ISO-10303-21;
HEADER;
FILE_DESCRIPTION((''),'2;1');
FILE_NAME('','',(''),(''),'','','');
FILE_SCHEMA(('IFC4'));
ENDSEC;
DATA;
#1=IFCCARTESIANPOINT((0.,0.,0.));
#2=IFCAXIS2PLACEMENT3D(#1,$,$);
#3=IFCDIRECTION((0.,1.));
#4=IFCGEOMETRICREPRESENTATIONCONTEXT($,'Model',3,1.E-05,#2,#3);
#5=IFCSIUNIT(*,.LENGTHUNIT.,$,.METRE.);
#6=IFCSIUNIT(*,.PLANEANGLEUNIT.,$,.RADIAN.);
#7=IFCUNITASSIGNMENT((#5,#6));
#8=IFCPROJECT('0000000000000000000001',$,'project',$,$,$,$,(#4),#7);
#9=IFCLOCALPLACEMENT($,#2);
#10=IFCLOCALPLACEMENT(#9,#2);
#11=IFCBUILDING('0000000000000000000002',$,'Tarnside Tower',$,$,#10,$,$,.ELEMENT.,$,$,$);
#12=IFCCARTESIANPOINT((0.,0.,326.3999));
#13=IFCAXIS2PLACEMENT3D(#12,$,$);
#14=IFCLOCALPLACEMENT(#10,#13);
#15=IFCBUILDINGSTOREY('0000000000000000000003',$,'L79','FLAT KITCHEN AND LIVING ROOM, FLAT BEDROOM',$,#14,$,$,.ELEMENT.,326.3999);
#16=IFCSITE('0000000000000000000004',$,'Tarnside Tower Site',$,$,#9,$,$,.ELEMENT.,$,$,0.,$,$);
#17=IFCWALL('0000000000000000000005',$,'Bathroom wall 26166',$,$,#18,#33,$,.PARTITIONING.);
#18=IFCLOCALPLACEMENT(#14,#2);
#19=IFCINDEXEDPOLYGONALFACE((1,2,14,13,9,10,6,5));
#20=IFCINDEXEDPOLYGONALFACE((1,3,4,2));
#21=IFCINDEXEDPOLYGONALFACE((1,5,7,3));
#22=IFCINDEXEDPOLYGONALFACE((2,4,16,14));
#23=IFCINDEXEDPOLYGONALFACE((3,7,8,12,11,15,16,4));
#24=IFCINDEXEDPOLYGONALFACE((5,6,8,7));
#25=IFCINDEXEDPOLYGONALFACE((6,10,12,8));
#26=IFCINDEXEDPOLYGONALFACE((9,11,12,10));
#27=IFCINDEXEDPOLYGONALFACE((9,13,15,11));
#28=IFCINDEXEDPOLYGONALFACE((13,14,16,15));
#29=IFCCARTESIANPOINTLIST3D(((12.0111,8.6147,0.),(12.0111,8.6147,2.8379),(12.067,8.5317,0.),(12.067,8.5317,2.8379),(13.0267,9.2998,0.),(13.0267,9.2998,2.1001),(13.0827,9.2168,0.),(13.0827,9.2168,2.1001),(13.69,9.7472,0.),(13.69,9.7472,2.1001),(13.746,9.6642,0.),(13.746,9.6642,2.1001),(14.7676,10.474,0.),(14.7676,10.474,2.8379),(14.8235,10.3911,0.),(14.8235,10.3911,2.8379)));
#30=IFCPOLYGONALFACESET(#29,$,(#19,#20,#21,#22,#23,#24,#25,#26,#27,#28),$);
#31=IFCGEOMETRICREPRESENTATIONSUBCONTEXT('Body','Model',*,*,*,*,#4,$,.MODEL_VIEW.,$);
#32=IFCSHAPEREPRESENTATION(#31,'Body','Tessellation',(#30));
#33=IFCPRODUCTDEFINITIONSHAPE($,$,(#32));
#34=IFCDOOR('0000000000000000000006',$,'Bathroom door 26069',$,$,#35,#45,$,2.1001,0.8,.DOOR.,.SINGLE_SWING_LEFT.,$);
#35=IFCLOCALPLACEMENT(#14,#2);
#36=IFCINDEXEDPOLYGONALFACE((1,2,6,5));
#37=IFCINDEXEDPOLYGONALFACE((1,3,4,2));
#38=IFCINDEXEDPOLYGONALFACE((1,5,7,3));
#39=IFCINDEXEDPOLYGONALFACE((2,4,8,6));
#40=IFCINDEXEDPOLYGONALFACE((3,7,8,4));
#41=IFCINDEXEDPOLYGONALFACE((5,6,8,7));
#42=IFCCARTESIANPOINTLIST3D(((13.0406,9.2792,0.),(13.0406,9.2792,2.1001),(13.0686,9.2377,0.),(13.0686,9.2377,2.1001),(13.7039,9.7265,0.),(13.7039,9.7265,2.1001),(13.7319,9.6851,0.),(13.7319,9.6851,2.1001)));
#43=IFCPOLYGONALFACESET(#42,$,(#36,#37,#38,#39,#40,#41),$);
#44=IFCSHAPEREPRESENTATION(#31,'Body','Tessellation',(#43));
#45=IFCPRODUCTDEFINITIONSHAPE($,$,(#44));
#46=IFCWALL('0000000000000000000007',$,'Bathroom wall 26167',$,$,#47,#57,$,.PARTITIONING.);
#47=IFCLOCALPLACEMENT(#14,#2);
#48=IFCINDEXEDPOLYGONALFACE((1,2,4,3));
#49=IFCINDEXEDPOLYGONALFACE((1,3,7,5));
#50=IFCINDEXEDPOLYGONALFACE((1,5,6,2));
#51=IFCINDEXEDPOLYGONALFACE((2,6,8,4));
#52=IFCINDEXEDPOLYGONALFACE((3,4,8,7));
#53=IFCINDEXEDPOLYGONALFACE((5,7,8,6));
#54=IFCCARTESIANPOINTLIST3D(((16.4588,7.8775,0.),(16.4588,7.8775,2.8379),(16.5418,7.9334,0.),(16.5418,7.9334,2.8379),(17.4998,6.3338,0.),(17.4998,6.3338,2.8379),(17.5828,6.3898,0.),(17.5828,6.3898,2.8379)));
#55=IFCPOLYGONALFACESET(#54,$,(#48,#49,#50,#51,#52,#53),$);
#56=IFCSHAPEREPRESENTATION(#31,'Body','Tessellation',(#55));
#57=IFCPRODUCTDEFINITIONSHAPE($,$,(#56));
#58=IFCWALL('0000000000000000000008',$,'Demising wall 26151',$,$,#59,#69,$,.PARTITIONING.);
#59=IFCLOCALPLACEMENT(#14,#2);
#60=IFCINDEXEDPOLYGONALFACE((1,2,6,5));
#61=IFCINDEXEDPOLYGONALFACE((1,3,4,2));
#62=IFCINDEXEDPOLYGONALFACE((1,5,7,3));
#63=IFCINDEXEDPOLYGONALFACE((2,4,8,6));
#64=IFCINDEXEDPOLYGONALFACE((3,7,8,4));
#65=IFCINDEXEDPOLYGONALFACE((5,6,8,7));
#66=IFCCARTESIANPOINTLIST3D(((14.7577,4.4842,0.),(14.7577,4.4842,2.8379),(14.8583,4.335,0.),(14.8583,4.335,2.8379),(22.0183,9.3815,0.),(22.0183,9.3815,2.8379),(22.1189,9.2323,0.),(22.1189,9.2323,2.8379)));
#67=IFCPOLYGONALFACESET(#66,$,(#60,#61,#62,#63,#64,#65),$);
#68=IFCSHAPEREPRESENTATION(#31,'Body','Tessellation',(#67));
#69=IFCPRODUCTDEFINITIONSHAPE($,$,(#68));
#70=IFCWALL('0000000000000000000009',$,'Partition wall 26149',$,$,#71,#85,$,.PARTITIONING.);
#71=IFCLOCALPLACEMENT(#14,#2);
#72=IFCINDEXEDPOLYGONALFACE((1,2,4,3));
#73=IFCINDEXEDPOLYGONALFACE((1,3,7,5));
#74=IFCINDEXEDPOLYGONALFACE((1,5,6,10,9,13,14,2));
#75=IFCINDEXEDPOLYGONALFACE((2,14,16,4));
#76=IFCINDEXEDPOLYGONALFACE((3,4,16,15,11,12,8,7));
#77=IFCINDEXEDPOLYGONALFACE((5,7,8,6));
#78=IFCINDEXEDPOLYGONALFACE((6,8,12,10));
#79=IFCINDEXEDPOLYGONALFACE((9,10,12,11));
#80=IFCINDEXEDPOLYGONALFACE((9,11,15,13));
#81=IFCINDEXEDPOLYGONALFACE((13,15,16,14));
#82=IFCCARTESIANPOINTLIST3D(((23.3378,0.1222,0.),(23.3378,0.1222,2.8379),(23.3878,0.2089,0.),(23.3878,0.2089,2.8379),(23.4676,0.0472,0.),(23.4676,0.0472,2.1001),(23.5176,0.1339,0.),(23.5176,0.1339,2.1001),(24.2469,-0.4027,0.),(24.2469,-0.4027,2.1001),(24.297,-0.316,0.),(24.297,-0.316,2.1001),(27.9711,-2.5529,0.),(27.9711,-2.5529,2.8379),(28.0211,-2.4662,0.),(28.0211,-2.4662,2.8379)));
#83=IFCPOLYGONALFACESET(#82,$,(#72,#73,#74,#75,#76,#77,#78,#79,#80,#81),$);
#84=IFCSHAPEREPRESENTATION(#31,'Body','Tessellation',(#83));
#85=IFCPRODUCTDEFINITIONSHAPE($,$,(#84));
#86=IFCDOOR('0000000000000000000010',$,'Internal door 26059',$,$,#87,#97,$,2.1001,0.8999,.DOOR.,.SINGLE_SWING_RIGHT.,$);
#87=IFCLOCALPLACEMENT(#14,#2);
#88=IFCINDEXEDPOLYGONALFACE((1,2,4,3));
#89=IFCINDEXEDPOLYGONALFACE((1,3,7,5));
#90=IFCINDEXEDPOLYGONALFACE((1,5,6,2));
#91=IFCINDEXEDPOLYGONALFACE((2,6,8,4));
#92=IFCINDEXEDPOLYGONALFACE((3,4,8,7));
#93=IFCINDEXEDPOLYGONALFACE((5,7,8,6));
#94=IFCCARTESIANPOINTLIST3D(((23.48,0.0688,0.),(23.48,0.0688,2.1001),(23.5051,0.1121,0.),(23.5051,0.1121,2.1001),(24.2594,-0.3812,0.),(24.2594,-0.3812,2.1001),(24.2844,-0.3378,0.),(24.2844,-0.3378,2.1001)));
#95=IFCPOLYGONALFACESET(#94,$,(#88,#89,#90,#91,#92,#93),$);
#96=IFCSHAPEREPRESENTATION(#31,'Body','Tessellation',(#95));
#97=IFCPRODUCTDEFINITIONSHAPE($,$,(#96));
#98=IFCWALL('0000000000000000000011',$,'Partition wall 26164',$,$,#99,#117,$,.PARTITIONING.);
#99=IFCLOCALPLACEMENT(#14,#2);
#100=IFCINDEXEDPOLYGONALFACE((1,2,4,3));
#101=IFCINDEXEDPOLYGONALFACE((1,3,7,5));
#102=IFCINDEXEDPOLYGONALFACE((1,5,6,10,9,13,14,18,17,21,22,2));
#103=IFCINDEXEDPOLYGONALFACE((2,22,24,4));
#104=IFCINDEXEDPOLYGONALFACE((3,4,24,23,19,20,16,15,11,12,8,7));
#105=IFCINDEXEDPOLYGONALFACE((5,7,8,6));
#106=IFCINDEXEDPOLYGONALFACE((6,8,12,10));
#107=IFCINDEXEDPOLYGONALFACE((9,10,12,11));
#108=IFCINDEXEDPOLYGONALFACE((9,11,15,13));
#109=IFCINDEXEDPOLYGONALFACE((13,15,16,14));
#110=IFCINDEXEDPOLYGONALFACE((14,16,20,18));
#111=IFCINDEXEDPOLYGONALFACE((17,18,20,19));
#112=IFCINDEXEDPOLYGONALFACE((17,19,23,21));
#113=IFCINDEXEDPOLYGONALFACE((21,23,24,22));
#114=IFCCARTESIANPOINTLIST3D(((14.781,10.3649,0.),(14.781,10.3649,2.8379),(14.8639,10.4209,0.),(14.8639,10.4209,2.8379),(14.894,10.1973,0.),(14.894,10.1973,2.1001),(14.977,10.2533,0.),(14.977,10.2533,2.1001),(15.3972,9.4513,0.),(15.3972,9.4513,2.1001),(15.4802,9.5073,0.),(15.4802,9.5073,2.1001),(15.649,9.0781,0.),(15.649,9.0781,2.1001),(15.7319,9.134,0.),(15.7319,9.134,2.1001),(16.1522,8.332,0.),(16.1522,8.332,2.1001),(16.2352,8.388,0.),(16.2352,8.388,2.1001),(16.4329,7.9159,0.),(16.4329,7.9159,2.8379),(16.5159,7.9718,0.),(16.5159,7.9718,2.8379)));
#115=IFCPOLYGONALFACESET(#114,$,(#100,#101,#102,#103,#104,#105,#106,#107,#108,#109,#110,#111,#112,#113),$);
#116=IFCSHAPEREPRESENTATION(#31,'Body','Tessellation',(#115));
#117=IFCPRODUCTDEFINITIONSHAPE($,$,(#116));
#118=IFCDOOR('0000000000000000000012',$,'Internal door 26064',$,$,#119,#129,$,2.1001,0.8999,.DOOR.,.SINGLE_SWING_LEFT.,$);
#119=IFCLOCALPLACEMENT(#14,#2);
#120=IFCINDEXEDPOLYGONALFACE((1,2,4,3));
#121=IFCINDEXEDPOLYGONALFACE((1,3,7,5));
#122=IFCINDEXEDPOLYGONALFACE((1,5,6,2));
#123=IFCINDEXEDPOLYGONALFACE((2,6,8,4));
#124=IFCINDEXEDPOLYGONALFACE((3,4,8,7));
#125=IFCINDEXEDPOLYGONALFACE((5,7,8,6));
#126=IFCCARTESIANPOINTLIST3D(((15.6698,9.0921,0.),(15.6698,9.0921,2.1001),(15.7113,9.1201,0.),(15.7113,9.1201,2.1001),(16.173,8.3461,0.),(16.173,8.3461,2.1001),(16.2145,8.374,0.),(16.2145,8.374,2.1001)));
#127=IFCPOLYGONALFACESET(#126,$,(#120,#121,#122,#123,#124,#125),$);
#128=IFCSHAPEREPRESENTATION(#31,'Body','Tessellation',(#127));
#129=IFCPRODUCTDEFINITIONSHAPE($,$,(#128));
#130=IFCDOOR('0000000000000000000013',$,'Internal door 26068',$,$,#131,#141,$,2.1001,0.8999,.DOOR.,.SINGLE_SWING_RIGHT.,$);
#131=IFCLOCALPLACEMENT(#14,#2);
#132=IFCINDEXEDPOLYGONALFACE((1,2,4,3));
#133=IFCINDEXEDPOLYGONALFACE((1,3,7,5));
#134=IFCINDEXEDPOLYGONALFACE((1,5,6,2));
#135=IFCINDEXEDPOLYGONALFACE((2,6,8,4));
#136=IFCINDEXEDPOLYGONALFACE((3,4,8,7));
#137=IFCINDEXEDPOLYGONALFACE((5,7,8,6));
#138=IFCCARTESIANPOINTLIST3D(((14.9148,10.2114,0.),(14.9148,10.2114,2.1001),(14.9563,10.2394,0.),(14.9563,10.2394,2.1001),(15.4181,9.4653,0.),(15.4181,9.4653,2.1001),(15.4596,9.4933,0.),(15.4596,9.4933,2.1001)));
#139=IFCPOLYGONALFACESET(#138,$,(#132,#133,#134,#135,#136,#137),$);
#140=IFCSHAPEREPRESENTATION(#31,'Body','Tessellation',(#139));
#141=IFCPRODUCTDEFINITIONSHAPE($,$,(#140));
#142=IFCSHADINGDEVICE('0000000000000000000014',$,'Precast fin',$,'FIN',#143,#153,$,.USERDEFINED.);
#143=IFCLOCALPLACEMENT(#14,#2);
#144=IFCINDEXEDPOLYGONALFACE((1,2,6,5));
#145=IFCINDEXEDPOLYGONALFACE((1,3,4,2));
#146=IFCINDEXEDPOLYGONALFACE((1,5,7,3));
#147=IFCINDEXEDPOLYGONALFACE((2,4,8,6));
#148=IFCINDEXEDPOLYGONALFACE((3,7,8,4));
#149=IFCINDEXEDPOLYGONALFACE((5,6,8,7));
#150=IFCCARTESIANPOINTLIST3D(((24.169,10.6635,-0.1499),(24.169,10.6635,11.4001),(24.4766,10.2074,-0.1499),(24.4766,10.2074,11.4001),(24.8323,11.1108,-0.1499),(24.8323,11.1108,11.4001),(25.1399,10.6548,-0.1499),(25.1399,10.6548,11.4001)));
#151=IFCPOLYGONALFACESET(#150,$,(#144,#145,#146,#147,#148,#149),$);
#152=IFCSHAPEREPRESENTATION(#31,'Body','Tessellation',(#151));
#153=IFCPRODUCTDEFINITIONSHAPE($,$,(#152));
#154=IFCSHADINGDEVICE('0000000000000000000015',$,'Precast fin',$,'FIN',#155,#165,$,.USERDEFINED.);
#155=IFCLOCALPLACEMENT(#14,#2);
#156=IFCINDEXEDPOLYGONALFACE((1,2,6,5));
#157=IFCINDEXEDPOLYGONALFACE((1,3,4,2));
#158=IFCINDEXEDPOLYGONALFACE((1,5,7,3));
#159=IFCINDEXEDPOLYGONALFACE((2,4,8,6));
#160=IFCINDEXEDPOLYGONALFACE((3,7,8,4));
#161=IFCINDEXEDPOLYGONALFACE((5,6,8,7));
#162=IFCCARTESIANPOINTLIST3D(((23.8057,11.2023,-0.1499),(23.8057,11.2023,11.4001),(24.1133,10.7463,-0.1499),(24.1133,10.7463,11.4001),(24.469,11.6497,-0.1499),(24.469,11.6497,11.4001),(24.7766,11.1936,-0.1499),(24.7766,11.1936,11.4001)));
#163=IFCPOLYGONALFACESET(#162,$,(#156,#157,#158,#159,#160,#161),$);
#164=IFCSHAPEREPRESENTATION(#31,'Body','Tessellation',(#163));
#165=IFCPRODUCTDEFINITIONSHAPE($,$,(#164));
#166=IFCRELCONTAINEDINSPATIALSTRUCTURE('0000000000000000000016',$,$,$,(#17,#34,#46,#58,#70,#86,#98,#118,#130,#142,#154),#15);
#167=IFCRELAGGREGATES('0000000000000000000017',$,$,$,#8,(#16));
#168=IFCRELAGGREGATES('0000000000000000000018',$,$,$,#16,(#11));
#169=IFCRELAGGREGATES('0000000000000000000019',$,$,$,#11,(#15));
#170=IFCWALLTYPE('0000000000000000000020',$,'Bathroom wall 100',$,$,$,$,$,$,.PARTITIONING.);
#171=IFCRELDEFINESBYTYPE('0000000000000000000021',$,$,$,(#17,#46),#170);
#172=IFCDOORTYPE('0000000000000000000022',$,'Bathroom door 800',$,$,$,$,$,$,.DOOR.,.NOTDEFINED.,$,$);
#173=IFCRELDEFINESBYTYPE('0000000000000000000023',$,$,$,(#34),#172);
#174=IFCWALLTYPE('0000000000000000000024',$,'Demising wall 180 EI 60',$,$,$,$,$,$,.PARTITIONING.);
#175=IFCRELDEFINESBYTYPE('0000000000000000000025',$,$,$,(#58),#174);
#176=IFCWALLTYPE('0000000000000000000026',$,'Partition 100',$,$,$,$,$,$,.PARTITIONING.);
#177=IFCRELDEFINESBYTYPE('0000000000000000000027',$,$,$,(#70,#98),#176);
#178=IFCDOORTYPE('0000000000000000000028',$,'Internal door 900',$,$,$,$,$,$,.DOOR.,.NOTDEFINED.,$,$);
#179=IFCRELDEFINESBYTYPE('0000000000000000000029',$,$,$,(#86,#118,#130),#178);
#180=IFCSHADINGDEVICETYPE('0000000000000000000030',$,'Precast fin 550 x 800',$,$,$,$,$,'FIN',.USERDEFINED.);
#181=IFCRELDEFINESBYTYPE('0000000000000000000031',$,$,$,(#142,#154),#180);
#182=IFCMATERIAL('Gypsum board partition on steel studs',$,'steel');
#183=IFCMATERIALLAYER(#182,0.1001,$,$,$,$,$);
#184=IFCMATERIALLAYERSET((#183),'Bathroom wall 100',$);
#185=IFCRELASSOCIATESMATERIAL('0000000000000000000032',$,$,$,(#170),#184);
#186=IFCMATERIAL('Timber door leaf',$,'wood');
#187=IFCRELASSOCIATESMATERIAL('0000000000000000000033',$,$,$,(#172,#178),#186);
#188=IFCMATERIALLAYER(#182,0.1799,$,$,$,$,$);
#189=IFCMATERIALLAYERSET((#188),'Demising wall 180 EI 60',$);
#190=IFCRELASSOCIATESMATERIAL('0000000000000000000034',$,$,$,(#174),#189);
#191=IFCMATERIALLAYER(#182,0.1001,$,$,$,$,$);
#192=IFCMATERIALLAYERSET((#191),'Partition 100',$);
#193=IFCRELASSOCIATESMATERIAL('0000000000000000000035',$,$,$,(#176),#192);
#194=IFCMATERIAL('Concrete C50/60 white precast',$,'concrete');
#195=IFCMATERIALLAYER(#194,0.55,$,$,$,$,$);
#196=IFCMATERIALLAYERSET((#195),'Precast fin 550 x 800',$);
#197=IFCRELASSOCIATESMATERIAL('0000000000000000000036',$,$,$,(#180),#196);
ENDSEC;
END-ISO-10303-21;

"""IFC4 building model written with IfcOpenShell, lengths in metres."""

from ifc_helpers import new_model, si_unit, direction, frame, frame_2d, origin, place, context, subcontext, project, spatial, polyline, rectangle, outline, extrude, material, layer, layer_set, type_object, element, fill, save


model = new_model("IFC4")

# Units and contexts
model_context = context("Model", 3, precision=1e-05, world=origin(), true_north=direction((0.0, 1.0)))
body_context = subcontext(model_context, "Body", "Model", "MODEL_VIEW")
ifc_project = project(units=[si_unit("LENGTHUNIT", "METRE"), si_unit("PLANEANGLEUNIT", "RADIAN")], contexts=[model_context])

# Site, building, storey
site_placement = place(None, origin())
site = spatial("IfcSite", under=ifc_project, at=site_placement, Name="Tarnside Tower Site", CompositionType="ELEMENT", RefElevation=0.0)
building_placement = place(site_placement, origin())
building = spatial("IfcBuilding", under=site, at=building_placement, Name="Tarnside Tower", CompositionType="ELEMENT")
storey_placement = place(building_placement, frame((0.0, 0.0, 326.3999)))
storey = spatial("IfcBuildingStorey", under=building, at=storey_placement, Name="L79", Description="FLAT KITCHEN AND LIVING ROOM, FLAT BEDROOM", CompositionType="ELEMENT", Elevation=326.3999)

# Shared definitions
ifc_material_1 = material(Name="Gypsum board partition on steel studs", Category="steel")
ifc_layer_1 = layer(ifc_material_1, 0.1001)
ifc_layer_set_1 = layer_set([ifc_layer_1], Name="Bathroom wall 100")
wall_type_1 = type_object("IfcWallType", Name="Bathroom wall 100", PredefinedType="PARTITIONING", material=ifc_layer_set_1)

# Wall, opening, door
ifc_material_2 = material(Name="Timber door leaf", Category="wood")
door_type_1 = type_object("IfcDoorType", Name="Bathroom door 800", OperationType="NOTDEFINED", PredefinedType="DOOR", material=ifc_material_2)
wall_1_placement = place(storey_placement, frame((14.7957, 10.4326, 0.0), z_axis=(0.0, 0.0, 1.0), x_axis=(-0.829033, -0.559199, 0.0)))
wall_1 = element("IfcWall", 1, at=wall_1_placement, inside=storey, type_object=wall_type_1, Name="Bathroom wall 26166", PredefinedType="PARTITIONING", context=body_context, shape_type="SweptSolid", body=[
    extrude(rectangle(XDim=3.325, YDim=0.1001, at=frame_2d((1.6626, 0.0))), origin(), (0.0, 0.0, 1.0), 2.8379),
])
opening_1_placement = place(wall_1_placement, frame((1.3, 0.0, 0.0)))
opening_1 = element("IfcOpeningElement", 2, at=opening_1_placement, cuts=wall_1, PredefinedType="OPENING", context=body_context, shape_type="SweptSolid", body=[
    extrude(rectangle(XDim=0.8, YDim=2.1001, at=frame_2d((0.3999, 1.05))), frame((0.0, 0.0601, 0.0), z_axis=(0.0, -1.0, 0.0), x_axis=(1.0, 0.0, 0.0)), (0.0, 0.0, 1.0), 0.1201),
])
door_1_placement = place(opening_1_placement, origin())
door_1 = element("IfcDoor", 3, at=door_1_placement, inside=storey, type_object=door_type_1, Name="Bathroom door 26069", OperationType="SINGLE_SWING_LEFT", OverallHeight=2.1001, OverallWidth=0.8, PredefinedType="DOOR", context=body_context, shape_type="SweptSolid", body=[
    extrude(rectangle(XDim=0.8, YDim=2.1001, at=frame_2d((0.3999, 1.05))), frame((0.0, 0.0249, 0.0), z_axis=(0.0, -1.0, 0.0), x_axis=(1.0, 0.0, 0.0)), (0.0, 0.0, 1.0), 0.05),
])
fill(opening_1, door_1)

# Walls
wall_2_placement = place(storey_placement, frame((17.5413, 6.3618, 0.0), z_axis=(0.0, 0.0, 1.0), x_axis=(-0.55911, 0.829093, 0.0)))
element("IfcWall", 4, at=wall_2_placement, inside=storey, type_object=wall_type_1, Name="Bathroom wall 26167", PredefinedType="PARTITIONING", context=body_context, shape_type="SweptSolid", body=[
    extrude(rectangle(XDim=1.8618, YDim=0.1001, at=frame_2d((0.9309, 0.0))), origin(), (0.0, 0.0, 1.0), 2.8379),
])
ifc_layer_2 = layer(ifc_material_1, 0.1799)
ifc_layer_set_2 = layer_set([ifc_layer_2], Name="Demising wall 180 EI 60")
wall_type_2 = type_object("IfcWallType", Name="Demising wall 180 EI 60", PredefinedType="PARTITIONING", material=ifc_layer_set_2)
wall_3_placement = place(storey_placement, frame((22.0686, 9.3069, 0.0), z_axis=(0.0, 0.0, 1.0), x_axis=(-0.82904, -0.559189, 0.0)))
element("IfcWall", 5, at=wall_3_placement, inside=storey, type_object=wall_type_2, Name="Demising wall 26151", PredefinedType="PARTITIONING", context=body_context, shape_type="SweptSolid", body=[
    extrude(rectangle(XDim=8.7578, YDim=0.1799, at=frame_2d((4.3789, 0.0))), origin(), (0.0, 0.0, 1.0), 2.8379),
])

# Wall, opening, door
ifc_layer_3 = layer(ifc_material_1, 0.1001)
ifc_layer_set_3 = layer_set([ifc_layer_3], Name="Partition 100")
wall_type_3 = type_object("IfcWallType", Name="Partition 100", PredefinedType="PARTITIONING", material=ifc_layer_set_3)
wall_4_placement = place(storey_placement, frame((23.3628, 0.1655, 0.0), z_axis=(0.0, 0.0, 1.0), x_axis=(0.866024, -0.500002, 0.0)))
wall_4 = element("IfcWall", 6, at=wall_4_placement, inside=storey, type_object=wall_type_3, Name="Partition wall 26149", PredefinedType="PARTITIONING", context=body_context, shape_type="SweptSolid", body=[
    extrude(rectangle(XDim=5.3501, YDim=0.1001, at=frame_2d((2.675, 0.0))), origin(), (0.0, 0.0, 1.0), 2.8379),
])
opening_2_placement = place(wall_4_placement, frame((0.1499, 0.0, 0.0)))
opening_2 = element("IfcOpeningElement", 7, at=opening_2_placement, cuts=wall_4, PredefinedType="OPENING", context=body_context, shape_type="SweptSolid", body=[
    extrude(rectangle(XDim=0.8999, YDim=2.1001, at=frame_2d((0.45, 1.05))), frame((0.0, 0.0601, 0.0), z_axis=(0.0, -1.0, 0.0), x_axis=(1.0, 0.0, 0.0)), (0.0, 0.0, 1.0), 0.1201),
])
door_type_2 = type_object("IfcDoorType", Name="Internal door 900", OperationType="NOTDEFINED", PredefinedType="DOOR", material=ifc_material_2)
door_2_placement = place(opening_2_placement, origin())
door_2 = element("IfcDoor", 8, at=door_2_placement, inside=storey, type_object=door_type_2, Name="Internal door 26059", OperationType="SINGLE_SWING_RIGHT", OverallHeight=2.1001, OverallWidth=0.8999, PredefinedType="DOOR", context=body_context, shape_type="SweptSolid", body=[
    extrude(rectangle(XDim=0.8999, YDim=2.1001, at=frame_2d((0.45, 1.05))), frame((0.0, 0.0249, 0.0), z_axis=(0.0, -1.0, 0.0), x_axis=(1.0, 0.0, 0.0)), (0.0, 0.0, 1.0), 0.05),
])
fill(opening_2, door_2)

# Wall, openings, doors
wall_5_placement = place(storey_placement, frame((16.4744, 7.9438, 0.0), z_axis=(0.0, 0.0, 1.0), x_axis=(-0.559193, 0.829037, 0.0)))
wall_5 = element("IfcWall", 9, at=wall_5_placement, inside=storey, type_object=wall_type_3, Name="Partition wall 26164", PredefinedType="PARTITIONING", context=body_context, shape_type="SweptSolid", body=[
    extrude(rectangle(XDim=2.9541, YDim=0.1001, at=frame_2d((1.4771, 0.0))), origin(), (0.0, 0.0, 1.0), 2.8379),
])
opening_3_placement = place(wall_5_placement, frame((0.502, 0.0, 0.0)))
opening_3 = element("IfcOpeningElement", 10, at=opening_3_placement, cuts=wall_5, PredefinedType="OPENING", context=body_context, shape_type="SweptSolid", body=[
    extrude(rectangle(XDim=0.8999, YDim=2.1001, at=frame_2d((0.45, 1.05))), frame((0.0, 0.0601, 0.0), z_axis=(0.0, -1.0, 0.0), x_axis=(1.0, 0.0, 0.0)), (0.0, 0.0, 1.0), 0.1201),
])
opening_4_placement = place(wall_5_placement, frame((1.8521, 0.0, 0.0)))
opening_4 = element("IfcOpeningElement", 11, at=opening_4_placement, cuts=wall_5, PredefinedType="OPENING", context=body_context, shape_type="SweptSolid", body=[
    extrude(rectangle(XDim=0.8999, YDim=2.1001, at=frame_2d((0.45, 1.05))), frame((0.0, 0.0601, 0.0), z_axis=(0.0, -1.0, 0.0), x_axis=(1.0, 0.0, 0.0)), (0.0, 0.0, 1.0), 0.1201),
])
door_3_placement = place(opening_3_placement, origin())
door_3 = element("IfcDoor", 12, at=door_3_placement, inside=storey, type_object=door_type_2, Name="Internal door 26064", OperationType="SINGLE_SWING_LEFT", OverallHeight=2.1001, OverallWidth=0.8999, PredefinedType="DOOR", context=body_context, shape_type="SweptSolid", body=[
    extrude(rectangle(XDim=0.8999, YDim=2.1001, at=frame_2d((0.45, 1.05))), frame((0.0, 0.0249, 0.0), z_axis=(0.0, -1.0, 0.0), x_axis=(1.0, 0.0, 0.0)), (0.0, 0.0, 1.0), 0.05),
])
fill(opening_3, door_3)
door_4_placement = place(opening_4_placement, origin())
door_4 = element("IfcDoor", 13, at=door_4_placement, inside=storey, type_object=door_type_2, Name="Internal door 26068", OperationType="SINGLE_SWING_RIGHT", OverallHeight=2.1001, OverallWidth=0.8999, PredefinedType="DOOR", context=body_context, shape_type="SweptSolid", body=[
    extrude(rectangle(XDim=0.8999, YDim=2.1001, at=frame_2d((0.45, 1.05))), frame((0.0, 0.0249, 0.0), z_axis=(0.0, -1.0, 0.0), x_axis=(1.0, 0.0, 0.0)), (0.0, 0.0, 1.0), 0.05),
])
fill(opening_4, door_4)

# Shading devices
ifc_material_3 = material(Name="Concrete C50/60 white precast", Category="concrete")
ifc_layer_4 = layer(ifc_material_3, 0.55)
ifc_layer_set_4 = layer_set([ifc_layer_4], Name="Precast fin 550 x 800")
shading_device_type = type_object("IfcShadingDeviceType", Name="Precast fin 550 x 800", ElementType="FIN", PredefinedType="USERDEFINED", material=ifc_layer_set_4)
for number, where, z_axis, x_axis, name in (
    (14, (24.3228, 10.4355, -0.1499), (0.559193, -0.829038, 0.0), (0.829038, 0.559193, 0.0), "Precast fin"),
    (15, (23.9595, 10.9744, -0.1499), (0.559193, -0.829038, 0.0), (0.829038, 0.559193, 0.0), "Precast fin"),
):
    element("IfcShadingDevice", number, at=place(storey_placement, frame(where, z_axis=z_axis, x_axis=x_axis)), inside=storey, type_object=shading_device_type, Name=name, ObjectType="FIN", PredefinedType="USERDEFINED", context=body_context, shape_type="SweptSolid", body=[
        extrude(outline(polyline([(0.0, 0.0), (0.8, 0.0), (0.8, 11.55), (0.0, 11.55), (0.0, 0.0)])), frame((0.0, 0.0, -0.2749)), (0.0, 0.0, 1.0), 0.55),
    ])

save(model, "model.ifc")
